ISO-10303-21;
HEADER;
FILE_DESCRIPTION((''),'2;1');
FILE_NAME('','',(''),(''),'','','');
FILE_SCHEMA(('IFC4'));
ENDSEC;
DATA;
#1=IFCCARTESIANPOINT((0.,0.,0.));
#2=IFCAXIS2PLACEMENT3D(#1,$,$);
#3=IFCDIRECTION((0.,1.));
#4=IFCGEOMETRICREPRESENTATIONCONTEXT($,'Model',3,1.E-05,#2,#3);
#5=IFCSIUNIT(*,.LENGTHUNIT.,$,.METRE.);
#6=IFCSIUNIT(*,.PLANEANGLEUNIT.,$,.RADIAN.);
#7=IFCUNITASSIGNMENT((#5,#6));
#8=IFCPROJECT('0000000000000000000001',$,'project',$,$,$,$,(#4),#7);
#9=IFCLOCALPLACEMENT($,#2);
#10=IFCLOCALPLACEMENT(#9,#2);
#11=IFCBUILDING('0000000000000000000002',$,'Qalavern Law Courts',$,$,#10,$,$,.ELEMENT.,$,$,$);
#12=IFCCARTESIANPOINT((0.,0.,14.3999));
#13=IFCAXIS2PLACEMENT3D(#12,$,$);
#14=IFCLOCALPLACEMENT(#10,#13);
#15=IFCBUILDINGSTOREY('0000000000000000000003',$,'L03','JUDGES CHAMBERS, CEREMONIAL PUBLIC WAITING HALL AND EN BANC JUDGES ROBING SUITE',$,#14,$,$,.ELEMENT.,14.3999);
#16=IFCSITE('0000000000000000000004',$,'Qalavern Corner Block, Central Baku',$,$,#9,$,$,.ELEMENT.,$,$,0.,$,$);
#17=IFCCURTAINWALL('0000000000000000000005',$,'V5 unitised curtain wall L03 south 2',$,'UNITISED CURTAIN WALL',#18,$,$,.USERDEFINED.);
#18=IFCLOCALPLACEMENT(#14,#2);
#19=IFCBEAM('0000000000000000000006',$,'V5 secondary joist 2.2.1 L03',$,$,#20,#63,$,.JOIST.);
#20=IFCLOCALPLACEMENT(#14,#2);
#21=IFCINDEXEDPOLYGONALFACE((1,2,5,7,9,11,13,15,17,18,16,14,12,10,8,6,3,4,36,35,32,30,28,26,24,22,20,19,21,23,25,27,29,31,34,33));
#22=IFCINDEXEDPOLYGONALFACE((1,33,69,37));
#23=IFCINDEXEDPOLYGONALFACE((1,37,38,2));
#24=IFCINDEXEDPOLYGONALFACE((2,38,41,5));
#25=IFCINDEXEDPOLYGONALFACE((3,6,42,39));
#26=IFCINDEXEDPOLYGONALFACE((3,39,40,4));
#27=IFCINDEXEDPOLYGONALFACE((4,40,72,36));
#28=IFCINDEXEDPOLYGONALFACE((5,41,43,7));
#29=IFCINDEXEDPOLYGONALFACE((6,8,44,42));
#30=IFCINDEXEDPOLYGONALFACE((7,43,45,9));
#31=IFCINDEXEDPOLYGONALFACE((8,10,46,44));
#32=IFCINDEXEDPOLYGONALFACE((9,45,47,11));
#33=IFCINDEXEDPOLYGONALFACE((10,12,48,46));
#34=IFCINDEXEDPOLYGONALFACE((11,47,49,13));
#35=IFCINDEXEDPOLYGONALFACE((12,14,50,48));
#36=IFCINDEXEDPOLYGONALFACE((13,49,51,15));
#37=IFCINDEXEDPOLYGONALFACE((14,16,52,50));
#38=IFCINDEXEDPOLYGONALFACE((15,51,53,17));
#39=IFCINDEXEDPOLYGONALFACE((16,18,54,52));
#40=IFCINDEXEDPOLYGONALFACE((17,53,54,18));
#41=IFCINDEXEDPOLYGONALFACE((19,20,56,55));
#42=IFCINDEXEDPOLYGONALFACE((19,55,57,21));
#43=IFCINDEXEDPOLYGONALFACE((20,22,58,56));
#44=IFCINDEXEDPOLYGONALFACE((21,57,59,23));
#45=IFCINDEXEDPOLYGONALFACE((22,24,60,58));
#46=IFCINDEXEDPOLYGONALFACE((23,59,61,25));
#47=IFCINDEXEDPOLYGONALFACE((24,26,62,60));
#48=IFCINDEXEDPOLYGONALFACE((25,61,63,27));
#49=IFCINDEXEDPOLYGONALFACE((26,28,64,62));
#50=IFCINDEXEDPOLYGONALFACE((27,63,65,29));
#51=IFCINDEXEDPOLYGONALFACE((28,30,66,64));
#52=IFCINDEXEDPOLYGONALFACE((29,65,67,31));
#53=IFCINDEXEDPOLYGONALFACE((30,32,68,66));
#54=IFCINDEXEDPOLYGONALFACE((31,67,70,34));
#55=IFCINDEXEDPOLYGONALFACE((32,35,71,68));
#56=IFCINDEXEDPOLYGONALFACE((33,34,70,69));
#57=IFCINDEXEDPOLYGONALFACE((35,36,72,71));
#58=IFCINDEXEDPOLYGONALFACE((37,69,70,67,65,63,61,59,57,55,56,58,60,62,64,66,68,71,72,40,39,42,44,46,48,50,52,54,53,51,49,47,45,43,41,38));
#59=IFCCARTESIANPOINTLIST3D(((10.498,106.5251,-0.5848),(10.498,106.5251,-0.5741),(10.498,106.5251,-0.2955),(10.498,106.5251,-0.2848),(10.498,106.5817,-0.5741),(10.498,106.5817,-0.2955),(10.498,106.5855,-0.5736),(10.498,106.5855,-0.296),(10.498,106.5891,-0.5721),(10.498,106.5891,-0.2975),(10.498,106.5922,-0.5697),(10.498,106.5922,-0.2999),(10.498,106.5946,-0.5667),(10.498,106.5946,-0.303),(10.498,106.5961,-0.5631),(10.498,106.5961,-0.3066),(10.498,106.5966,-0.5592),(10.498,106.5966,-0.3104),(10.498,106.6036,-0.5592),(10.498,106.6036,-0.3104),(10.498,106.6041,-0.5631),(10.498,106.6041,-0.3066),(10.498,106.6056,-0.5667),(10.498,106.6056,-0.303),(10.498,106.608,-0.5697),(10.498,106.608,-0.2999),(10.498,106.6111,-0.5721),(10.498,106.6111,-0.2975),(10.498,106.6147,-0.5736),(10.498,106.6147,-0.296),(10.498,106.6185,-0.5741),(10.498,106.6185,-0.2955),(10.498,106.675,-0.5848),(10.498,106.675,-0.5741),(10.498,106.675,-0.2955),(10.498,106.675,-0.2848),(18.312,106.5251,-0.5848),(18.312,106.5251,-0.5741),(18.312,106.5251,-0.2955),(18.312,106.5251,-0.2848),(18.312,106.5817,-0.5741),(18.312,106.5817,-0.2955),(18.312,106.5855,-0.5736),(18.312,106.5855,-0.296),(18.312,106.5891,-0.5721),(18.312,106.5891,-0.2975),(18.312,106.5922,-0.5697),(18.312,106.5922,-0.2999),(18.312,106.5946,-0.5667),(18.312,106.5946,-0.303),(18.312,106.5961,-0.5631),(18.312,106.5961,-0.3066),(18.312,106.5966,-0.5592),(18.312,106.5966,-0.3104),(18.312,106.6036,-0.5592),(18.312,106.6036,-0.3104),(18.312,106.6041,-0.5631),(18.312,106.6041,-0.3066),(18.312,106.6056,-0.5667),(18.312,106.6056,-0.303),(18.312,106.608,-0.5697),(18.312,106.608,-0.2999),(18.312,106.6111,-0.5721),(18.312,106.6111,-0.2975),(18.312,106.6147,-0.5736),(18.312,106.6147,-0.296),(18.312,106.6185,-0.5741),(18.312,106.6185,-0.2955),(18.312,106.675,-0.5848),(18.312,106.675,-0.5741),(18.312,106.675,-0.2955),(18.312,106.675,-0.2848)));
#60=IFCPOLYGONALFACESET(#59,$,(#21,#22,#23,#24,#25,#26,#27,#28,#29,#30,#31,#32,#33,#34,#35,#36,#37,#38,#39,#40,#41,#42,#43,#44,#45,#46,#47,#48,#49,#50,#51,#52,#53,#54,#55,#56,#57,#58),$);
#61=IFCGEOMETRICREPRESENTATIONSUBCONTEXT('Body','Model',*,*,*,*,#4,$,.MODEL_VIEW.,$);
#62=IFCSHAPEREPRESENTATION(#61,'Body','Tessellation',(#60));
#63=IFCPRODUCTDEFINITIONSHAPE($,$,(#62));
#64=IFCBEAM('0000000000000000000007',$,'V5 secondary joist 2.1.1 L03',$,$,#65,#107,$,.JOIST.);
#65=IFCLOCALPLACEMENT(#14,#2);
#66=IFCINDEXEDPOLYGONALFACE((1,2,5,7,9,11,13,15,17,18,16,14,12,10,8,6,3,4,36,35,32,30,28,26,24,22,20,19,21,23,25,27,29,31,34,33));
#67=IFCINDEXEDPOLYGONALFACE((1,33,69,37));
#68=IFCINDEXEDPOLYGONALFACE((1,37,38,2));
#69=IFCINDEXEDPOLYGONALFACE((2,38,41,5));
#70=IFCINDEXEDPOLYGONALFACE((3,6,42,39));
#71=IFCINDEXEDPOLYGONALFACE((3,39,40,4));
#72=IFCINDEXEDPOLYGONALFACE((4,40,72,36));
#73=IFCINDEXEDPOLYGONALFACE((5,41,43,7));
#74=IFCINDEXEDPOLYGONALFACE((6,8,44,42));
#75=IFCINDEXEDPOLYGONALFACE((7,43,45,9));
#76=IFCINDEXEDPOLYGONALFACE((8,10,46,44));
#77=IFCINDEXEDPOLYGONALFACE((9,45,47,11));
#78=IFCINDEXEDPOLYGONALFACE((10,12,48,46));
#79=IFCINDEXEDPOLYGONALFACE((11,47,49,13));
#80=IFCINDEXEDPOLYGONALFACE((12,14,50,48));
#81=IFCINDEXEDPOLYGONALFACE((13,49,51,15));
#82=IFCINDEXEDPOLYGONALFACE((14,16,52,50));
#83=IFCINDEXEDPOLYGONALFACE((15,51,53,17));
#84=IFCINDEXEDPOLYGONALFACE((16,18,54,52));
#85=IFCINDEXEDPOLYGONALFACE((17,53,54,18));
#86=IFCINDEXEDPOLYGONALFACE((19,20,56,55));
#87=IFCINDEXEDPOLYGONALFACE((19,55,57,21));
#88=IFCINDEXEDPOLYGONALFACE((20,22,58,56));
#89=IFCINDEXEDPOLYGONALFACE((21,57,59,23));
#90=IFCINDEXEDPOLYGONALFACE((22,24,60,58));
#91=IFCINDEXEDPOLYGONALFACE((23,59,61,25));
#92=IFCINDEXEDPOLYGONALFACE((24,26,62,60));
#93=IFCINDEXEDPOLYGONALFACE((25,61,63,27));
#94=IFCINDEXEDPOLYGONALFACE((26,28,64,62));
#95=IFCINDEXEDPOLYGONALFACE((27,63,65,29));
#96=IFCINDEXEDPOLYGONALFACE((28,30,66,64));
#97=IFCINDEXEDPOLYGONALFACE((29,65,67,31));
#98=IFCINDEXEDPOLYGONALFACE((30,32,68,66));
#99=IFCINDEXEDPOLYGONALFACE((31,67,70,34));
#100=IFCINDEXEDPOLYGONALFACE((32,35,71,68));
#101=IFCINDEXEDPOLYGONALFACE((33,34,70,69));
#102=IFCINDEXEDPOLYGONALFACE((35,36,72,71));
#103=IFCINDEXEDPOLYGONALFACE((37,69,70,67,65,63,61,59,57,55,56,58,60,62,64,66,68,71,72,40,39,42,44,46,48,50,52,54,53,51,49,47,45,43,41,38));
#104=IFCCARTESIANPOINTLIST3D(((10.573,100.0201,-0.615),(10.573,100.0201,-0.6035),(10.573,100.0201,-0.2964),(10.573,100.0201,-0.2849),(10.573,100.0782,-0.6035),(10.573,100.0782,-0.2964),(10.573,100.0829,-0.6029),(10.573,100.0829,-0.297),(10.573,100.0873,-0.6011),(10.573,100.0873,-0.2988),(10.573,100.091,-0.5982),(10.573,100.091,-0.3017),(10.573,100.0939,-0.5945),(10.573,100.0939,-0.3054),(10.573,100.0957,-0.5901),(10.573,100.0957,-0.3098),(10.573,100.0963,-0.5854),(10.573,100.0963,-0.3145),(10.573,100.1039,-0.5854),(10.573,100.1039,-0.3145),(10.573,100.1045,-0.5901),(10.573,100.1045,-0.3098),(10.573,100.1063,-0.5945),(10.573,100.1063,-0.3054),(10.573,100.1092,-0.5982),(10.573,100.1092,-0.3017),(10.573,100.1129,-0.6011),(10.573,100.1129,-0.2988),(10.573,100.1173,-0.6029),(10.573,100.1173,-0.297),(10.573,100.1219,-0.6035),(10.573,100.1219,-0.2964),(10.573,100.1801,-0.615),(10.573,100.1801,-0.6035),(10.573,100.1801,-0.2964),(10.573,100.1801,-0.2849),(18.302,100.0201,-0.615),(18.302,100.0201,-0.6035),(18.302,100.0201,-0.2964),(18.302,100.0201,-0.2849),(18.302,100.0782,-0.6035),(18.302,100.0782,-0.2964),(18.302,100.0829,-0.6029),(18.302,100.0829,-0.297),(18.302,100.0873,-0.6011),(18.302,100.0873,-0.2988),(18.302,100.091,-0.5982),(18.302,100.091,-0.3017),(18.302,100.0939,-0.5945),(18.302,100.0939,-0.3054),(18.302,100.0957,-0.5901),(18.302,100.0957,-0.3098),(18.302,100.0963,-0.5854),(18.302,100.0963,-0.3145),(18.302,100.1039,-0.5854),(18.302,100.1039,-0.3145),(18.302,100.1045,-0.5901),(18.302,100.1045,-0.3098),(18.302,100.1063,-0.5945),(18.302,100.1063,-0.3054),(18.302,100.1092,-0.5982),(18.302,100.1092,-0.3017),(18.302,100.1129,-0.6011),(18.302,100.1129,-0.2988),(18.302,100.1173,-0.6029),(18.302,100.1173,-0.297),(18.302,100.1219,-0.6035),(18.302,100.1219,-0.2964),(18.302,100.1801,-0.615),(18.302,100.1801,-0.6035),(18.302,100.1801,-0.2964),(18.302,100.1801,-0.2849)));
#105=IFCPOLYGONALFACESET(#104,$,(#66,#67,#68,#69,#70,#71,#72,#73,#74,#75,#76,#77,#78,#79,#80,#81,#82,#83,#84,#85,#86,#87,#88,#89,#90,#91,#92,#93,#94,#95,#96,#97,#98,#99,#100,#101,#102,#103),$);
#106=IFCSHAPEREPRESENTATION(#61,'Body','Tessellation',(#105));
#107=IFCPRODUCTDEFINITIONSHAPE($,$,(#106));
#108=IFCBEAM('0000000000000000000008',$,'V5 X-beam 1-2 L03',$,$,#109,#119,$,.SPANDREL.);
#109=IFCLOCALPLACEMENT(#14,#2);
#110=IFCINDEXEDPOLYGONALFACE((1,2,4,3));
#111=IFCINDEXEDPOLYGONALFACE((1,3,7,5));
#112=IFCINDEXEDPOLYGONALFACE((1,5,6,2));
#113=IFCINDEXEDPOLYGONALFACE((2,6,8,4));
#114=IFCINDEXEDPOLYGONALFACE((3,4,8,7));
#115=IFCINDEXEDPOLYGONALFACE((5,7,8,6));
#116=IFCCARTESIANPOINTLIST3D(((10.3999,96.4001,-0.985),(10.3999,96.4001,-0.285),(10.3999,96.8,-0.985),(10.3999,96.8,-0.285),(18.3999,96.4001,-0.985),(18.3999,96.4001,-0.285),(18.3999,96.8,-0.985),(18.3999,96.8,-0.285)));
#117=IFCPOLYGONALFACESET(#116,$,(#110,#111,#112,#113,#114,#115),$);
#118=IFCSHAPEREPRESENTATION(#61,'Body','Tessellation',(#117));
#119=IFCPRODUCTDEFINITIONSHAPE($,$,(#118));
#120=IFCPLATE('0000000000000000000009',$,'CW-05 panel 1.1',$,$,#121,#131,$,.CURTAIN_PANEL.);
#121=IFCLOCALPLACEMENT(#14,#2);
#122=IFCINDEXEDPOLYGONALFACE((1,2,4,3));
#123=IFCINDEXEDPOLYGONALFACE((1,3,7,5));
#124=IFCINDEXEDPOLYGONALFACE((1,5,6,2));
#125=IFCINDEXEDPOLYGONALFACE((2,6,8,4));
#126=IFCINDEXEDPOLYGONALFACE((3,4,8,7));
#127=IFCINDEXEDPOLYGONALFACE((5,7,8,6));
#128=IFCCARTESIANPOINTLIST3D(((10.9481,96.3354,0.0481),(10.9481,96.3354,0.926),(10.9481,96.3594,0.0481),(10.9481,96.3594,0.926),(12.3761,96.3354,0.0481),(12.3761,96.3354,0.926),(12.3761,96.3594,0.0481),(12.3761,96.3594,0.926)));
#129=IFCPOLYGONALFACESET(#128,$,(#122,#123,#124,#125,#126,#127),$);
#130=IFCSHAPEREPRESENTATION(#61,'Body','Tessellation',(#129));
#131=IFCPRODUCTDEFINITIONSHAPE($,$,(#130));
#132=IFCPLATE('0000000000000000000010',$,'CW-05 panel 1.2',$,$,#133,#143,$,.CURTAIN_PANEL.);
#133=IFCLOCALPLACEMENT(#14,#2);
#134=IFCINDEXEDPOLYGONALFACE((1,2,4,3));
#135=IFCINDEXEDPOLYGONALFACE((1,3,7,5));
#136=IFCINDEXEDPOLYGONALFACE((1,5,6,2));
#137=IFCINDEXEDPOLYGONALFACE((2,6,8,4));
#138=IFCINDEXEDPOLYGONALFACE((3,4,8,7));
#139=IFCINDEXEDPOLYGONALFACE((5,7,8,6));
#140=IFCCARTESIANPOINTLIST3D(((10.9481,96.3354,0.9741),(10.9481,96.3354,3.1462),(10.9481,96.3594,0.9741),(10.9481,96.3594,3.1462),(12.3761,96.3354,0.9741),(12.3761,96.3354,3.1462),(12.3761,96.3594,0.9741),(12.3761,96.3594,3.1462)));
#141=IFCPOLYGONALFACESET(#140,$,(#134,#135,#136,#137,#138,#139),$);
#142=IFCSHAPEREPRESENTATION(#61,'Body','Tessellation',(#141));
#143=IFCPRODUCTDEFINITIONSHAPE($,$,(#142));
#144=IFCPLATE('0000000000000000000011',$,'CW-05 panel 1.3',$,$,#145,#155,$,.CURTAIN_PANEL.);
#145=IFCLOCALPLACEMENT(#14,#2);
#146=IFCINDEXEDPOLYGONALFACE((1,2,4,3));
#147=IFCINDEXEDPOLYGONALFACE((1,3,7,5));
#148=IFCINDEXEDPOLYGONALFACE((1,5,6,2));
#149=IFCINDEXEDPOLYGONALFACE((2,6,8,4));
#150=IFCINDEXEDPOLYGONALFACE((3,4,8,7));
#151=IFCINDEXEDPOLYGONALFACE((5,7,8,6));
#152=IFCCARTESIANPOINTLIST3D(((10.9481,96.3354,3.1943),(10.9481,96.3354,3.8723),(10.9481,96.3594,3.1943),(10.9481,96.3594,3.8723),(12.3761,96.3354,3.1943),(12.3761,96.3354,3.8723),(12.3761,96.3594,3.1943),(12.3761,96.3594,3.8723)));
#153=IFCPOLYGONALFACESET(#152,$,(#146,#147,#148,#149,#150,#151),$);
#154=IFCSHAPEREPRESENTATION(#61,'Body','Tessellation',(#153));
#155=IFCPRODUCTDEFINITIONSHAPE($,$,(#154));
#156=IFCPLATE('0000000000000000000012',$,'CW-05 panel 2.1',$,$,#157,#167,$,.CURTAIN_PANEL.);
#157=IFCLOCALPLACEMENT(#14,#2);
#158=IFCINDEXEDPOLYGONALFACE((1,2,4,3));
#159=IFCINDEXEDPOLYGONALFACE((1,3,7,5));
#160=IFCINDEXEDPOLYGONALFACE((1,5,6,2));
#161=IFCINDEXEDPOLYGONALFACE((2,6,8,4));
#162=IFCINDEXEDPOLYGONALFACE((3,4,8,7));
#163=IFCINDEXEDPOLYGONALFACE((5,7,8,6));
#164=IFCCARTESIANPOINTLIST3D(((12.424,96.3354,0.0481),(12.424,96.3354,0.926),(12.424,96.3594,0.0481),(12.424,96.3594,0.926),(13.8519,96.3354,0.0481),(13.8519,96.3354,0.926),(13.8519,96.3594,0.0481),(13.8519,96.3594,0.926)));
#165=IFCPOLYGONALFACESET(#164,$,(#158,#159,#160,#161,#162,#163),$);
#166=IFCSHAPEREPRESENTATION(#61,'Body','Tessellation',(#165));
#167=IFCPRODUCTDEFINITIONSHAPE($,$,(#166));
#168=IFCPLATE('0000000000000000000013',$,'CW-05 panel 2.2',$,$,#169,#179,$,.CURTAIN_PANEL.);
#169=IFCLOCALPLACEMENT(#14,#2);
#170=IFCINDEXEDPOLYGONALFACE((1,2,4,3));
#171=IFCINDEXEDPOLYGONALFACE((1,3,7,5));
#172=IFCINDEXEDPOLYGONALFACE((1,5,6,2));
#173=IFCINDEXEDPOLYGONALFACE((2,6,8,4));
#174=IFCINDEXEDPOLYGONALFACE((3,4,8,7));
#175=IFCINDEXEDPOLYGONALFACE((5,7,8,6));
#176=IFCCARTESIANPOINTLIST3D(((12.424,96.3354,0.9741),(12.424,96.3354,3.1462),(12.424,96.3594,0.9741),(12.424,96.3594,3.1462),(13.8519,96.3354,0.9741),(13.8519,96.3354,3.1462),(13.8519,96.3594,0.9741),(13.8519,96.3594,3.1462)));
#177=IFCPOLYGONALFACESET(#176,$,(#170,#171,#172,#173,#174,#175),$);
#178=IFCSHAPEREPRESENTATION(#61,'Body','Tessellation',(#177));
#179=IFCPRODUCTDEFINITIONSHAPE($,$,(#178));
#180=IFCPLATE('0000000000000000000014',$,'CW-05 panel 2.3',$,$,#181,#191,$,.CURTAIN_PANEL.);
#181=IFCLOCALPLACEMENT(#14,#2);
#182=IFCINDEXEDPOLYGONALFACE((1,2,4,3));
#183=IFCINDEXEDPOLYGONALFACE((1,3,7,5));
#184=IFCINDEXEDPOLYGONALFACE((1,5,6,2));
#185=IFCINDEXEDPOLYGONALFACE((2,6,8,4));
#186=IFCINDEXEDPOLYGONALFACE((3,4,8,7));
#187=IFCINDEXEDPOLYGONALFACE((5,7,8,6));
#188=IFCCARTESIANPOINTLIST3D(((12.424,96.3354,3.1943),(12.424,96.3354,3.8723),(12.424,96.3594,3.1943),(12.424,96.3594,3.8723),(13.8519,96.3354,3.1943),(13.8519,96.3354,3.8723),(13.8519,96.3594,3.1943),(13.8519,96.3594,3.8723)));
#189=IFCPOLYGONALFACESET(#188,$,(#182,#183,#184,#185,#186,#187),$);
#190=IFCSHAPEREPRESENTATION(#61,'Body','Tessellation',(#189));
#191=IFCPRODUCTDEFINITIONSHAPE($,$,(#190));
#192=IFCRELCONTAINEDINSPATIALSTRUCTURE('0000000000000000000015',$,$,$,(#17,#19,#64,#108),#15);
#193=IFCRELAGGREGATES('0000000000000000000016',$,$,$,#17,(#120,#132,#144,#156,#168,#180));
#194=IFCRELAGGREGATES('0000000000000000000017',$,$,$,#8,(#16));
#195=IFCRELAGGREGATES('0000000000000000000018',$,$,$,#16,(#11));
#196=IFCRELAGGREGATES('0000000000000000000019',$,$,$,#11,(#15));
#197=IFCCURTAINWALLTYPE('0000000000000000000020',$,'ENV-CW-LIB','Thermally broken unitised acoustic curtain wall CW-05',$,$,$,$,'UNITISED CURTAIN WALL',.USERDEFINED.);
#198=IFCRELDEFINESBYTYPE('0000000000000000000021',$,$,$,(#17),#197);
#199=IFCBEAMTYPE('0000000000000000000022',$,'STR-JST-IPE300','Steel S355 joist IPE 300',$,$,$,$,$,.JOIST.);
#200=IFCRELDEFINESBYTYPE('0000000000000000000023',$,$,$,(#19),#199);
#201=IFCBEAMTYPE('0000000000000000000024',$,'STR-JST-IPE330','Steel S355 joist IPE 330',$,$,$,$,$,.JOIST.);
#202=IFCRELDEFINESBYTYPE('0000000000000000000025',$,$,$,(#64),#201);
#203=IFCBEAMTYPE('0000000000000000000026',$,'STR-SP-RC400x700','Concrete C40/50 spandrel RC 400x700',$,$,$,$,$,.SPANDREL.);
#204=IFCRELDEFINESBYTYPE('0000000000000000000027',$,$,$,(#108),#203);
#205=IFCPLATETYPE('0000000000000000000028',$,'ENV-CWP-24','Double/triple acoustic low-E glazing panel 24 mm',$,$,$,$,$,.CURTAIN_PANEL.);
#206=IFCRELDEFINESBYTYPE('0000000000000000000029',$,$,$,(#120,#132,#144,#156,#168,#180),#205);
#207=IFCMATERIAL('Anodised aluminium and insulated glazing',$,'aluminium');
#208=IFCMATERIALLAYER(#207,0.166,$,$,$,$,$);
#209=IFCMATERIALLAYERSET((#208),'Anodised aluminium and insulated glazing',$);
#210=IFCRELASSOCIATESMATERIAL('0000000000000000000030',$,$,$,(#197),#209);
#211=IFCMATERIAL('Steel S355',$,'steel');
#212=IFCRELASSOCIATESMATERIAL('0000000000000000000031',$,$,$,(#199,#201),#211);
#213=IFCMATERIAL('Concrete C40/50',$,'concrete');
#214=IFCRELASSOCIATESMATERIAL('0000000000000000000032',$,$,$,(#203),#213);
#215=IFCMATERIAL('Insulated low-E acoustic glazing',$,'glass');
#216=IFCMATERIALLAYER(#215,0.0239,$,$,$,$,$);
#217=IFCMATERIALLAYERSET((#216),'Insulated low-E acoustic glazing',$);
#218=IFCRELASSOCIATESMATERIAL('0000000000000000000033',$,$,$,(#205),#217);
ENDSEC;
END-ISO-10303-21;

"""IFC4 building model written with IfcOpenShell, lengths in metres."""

from ifc_helpers import new_model, si_unit, direction, frame, origin, origin_2d, place, context, subcontext, project, spatial, rectangle, i_section, extrude, material, layer, layer_set, material_profile, profile_set, type_object, element, aggregate, save


model = new_model("IFC4")

# Units and contexts
model_context = context("Model", 3, precision=1e-05, world=origin(), true_north=direction((0.0, 1.0)))
body_context = subcontext(model_context, "Body", "Model", "MODEL_VIEW")
ifc_project = project(units=[si_unit("LENGTHUNIT", "METRE"), si_unit("PLANEANGLEUNIT", "RADIAN")], contexts=[model_context])

# Site, building, storey
site_placement = place(None, origin())
site = spatial("IfcSite", under=ifc_project, at=site_placement, Name="Qalavern Corner Block, Central Baku", CompositionType="ELEMENT", RefElevation=0.0)
building_placement = place(site_placement, origin())
building = spatial("IfcBuilding", under=site, at=building_placement, Name="Qalavern Law Courts", CompositionType="ELEMENT")
storey_placement = place(building_placement, frame((0.0, 0.0, 14.3999)))
storey = spatial("IfcBuildingStorey", under=building, at=storey_placement, Name="L03", Description="JUDGES CHAMBERS, CEREMONIAL PUBLIC WAITING HALL AND EN BANC JUDGES ROBING SUITE", CompositionType="ELEMENT", Elevation=14.3999)

# Shared definitions
ifc_material_1 = material(Name="Anodised aluminium and insulated glazing", Category="aluminium")
ifc_layer_1 = layer(ifc_material_1, 0.166)
ifc_layer_set_1 = layer_set([ifc_layer_1], Name="Anodised aluminium and insulated glazing")
curtain_wall_type = type_object("IfcCurtainWallType", Name="ENV-CW-LIB", Description="Thermally broken unitised acoustic curtain wall CW-05", ElementType="UNITISED CURTAIN WALL", PredefinedType="USERDEFINED", material=ifc_layer_set_1)

# Curtain wall
curtain_wall_1_placement = place(storey_placement, origin())
curtain_wall_1 = element("IfcCurtainWall", 1, at=curtain_wall_1_placement, inside=storey, type_object=curtain_wall_type, Name="V5 unitised curtain wall L03 south 2", ObjectType="UNITISED CURTAIN WALL", PredefinedType="USERDEFINED")

# Beams
ifc_material_2 = material(Name="Steel S355", Category="steel")
ifc_material_profile_1 = material_profile(ifc_material_2, i_section(OverallWidth=0.1499, OverallDepth=0.3, WebThickness=0.0071, FlangeThickness=0.0107, FilletRadius=0.0149, at=origin_2d()), Name="IPE 300")
ifc_profile_set_1 = profile_set([ifc_material_profile_1], Name="Steel S355")
beam_type_1 = type_object("IfcBeamType", Name="STR-JST-IPE300", Description="Steel S355 joist IPE 300", PredefinedType="JOIST", material=ifc_profile_set_1)
beam_1_placement = place(storey_placement, frame((10.498, 106.6001, -0.4348), z_axis=(1.0, 0.0, 0.0), x_axis=(0.0, 1.0, 0.0)))
element("IfcBeam", 2, at=beam_1_placement, inside=storey, type_object=beam_type_1, Name="V5 secondary joist 2.2.1 L03", PredefinedType="JOIST", context=body_context, shape_type="SweptSolid", body=[
    extrude(i_section(OverallWidth=0.1499, OverallDepth=0.3, WebThickness=0.0071, FlangeThickness=0.0107, FilletRadius=0.0149, at=origin_2d()), origin(), (0.0, 0.0, 1.0), 7.814),
])
ifc_material_profile_2 = material_profile(ifc_material_2, i_section(OverallWidth=0.1599, OverallDepth=0.3301, WebThickness=0.0076, FlangeThickness=0.0115, FilletRadius=0.0181, at=origin_2d()), Name="IPE 330")
ifc_profile_set_2 = profile_set([ifc_material_profile_2], Name="Steel S355")
beam_type_2 = type_object("IfcBeamType", Name="STR-JST-IPE330", Description="Steel S355 joist IPE 330", PredefinedType="JOIST", material=ifc_profile_set_2)
beam_2_placement = place(storey_placement, frame((10.573, 100.1001, -0.45), z_axis=(1.0, 0.0, 0.0), x_axis=(0.0, 1.0, 0.0)))
element("IfcBeam", 3, at=beam_2_placement, inside=storey, type_object=beam_type_2, Name="V5 secondary joist 2.1.1 L03", PredefinedType="JOIST", context=body_context, shape_type="SweptSolid", body=[
    extrude(i_section(OverallWidth=0.1599, OverallDepth=0.3301, WebThickness=0.0076, FlangeThickness=0.0115, FilletRadius=0.0181, at=origin_2d()), origin(), (0.0, 0.0, 1.0), 7.729),
])
ifc_material_3 = material(Name="Concrete C40/50", Category="concrete")
ifc_material_profile_3 = material_profile(ifc_material_3, rectangle(XDim=0.3999, YDim=0.7, at=origin_2d()), Name="RC 400x700")
ifc_profile_set_3 = profile_set([ifc_material_profile_3], Name="Concrete C40/50")
beam_type_3 = type_object("IfcBeamType", Name="STR-SP-RC400x700", Description="Concrete C40/50 spandrel RC 400x700", PredefinedType="SPANDREL", material=ifc_profile_set_3)
beam_3_placement = place(storey_placement, frame((10.3999, 96.6001, -0.635), z_axis=(1.0, 0.0, 0.0), x_axis=(0.0, 1.0, 0.0)))
element("IfcBeam", 4, at=beam_3_placement, inside=storey, type_object=beam_type_3, Name="V5 X-beam 1-2 L03", PredefinedType="SPANDREL", context=body_context, shape_type="SweptSolid", body=[
    extrude(rectangle(XDim=0.3999, YDim=0.7, at=origin_2d()), origin(), (0.0, 0.0, 1.0), 8.0),
])

# Plates
ifc_material_4 = material(Name="Insulated low-E acoustic glazing", Category="glass")
ifc_layer_2 = layer(ifc_material_4, 0.0239)
ifc_layer_set_2 = layer_set([ifc_layer_2], Name="Insulated low-E acoustic glazing")
plate_type_1 = type_object("IfcPlateType", Name="ENV-CWP-24", Description="Double/triple acoustic low-E glazing panel 24 mm", PredefinedType="CURTAIN_PANEL", material=ifc_layer_set_2)
plate_1_placement = place(storey_placement, frame((11.6621, 96.3474, 0.0481), z_axis=(0.0, 0.0, 1.0), x_axis=(1.0, 0.0, 0.0)))
plate_1 = element("IfcPlate", 5, at=plate_1_placement, type_object=plate_type_1, Name="CW-05 panel 1.1", PredefinedType="CURTAIN_PANEL", context=body_context, shape_type="SweptSolid", body=[
    extrude(rectangle(XDim=1.428, YDim=0.0239, at=origin_2d()), origin(), (0.0, 0.0, 1.0), 0.8779),
])
plate_2_placement = place(storey_placement, frame((11.6621, 96.3474, 0.9741), z_axis=(0.0, 0.0, 1.0), x_axis=(1.0, 0.0, 0.0)))
plate_2 = element("IfcPlate", 6, at=plate_2_placement, type_object=plate_type_1, Name="CW-05 panel 1.2", PredefinedType="CURTAIN_PANEL", context=body_context, shape_type="SweptSolid", body=[
    extrude(rectangle(XDim=1.428, YDim=0.0239, at=origin_2d()), origin(), (0.0, 0.0, 1.0), 2.1721),
])
plate_3_placement = place(storey_placement, frame((11.6621, 96.3474, 3.1943), z_axis=(0.0, 0.0, 1.0), x_axis=(1.0, 0.0, 0.0)))
plate_3 = element("IfcPlate", 7, at=plate_3_placement, type_object=plate_type_1, Name="CW-05 panel 1.3", PredefinedType="CURTAIN_PANEL", context=body_context, shape_type="SweptSolid", body=[
    extrude(rectangle(XDim=1.428, YDim=0.0239, at=origin_2d()), origin(), (0.0, 0.0, 1.0), 0.678),
])
plate_4_placement = place(storey_placement, frame((13.1379, 96.3474, 0.0481), z_axis=(0.0, 0.0, 1.0), x_axis=(1.0, 0.0, 0.0)))
plate_4 = element("IfcPlate", 8, at=plate_4_placement, type_object=plate_type_1, Name="CW-05 panel 2.1", PredefinedType="CURTAIN_PANEL", context=body_context, shape_type="SweptSolid", body=[
    extrude(rectangle(XDim=1.428, YDim=0.0239, at=origin_2d()), origin(), (0.0, 0.0, 1.0), 0.8779),
])
plate_5_placement = place(storey_placement, frame((13.1379, 96.3474, 0.9741), z_axis=(0.0, 0.0, 1.0), x_axis=(1.0, 0.0, 0.0)))
plate_5 = element("IfcPlate", 9, at=plate_5_placement, type_object=plate_type_1, Name="CW-05 panel 2.2", PredefinedType="CURTAIN_PANEL", context=body_context, shape_type="SweptSolid", body=[
    extrude(rectangle(XDim=1.428, YDim=0.0239, at=origin_2d()), origin(), (0.0, 0.0, 1.0), 2.1721),
])
plate_6_placement = place(storey_placement, frame((13.1379, 96.3474, 3.1943), z_axis=(0.0, 0.0, 1.0), x_axis=(1.0, 0.0, 0.0)))
plate_6 = element("IfcPlate", 10, at=plate_6_placement, type_object=plate_type_1, Name="CW-05 panel 2.3", PredefinedType="CURTAIN_PANEL", context=body_context, shape_type="SweptSolid", body=[
    extrude(rectangle(XDim=1.428, YDim=0.0239, at=origin_2d()), origin(), (0.0, 0.0, 1.0), 0.678),
])
aggregate(curtain_wall_1, [plate_1, plate_2, plate_3, plate_4, plate_5, plate_6])

save(model, "model.ifc")
